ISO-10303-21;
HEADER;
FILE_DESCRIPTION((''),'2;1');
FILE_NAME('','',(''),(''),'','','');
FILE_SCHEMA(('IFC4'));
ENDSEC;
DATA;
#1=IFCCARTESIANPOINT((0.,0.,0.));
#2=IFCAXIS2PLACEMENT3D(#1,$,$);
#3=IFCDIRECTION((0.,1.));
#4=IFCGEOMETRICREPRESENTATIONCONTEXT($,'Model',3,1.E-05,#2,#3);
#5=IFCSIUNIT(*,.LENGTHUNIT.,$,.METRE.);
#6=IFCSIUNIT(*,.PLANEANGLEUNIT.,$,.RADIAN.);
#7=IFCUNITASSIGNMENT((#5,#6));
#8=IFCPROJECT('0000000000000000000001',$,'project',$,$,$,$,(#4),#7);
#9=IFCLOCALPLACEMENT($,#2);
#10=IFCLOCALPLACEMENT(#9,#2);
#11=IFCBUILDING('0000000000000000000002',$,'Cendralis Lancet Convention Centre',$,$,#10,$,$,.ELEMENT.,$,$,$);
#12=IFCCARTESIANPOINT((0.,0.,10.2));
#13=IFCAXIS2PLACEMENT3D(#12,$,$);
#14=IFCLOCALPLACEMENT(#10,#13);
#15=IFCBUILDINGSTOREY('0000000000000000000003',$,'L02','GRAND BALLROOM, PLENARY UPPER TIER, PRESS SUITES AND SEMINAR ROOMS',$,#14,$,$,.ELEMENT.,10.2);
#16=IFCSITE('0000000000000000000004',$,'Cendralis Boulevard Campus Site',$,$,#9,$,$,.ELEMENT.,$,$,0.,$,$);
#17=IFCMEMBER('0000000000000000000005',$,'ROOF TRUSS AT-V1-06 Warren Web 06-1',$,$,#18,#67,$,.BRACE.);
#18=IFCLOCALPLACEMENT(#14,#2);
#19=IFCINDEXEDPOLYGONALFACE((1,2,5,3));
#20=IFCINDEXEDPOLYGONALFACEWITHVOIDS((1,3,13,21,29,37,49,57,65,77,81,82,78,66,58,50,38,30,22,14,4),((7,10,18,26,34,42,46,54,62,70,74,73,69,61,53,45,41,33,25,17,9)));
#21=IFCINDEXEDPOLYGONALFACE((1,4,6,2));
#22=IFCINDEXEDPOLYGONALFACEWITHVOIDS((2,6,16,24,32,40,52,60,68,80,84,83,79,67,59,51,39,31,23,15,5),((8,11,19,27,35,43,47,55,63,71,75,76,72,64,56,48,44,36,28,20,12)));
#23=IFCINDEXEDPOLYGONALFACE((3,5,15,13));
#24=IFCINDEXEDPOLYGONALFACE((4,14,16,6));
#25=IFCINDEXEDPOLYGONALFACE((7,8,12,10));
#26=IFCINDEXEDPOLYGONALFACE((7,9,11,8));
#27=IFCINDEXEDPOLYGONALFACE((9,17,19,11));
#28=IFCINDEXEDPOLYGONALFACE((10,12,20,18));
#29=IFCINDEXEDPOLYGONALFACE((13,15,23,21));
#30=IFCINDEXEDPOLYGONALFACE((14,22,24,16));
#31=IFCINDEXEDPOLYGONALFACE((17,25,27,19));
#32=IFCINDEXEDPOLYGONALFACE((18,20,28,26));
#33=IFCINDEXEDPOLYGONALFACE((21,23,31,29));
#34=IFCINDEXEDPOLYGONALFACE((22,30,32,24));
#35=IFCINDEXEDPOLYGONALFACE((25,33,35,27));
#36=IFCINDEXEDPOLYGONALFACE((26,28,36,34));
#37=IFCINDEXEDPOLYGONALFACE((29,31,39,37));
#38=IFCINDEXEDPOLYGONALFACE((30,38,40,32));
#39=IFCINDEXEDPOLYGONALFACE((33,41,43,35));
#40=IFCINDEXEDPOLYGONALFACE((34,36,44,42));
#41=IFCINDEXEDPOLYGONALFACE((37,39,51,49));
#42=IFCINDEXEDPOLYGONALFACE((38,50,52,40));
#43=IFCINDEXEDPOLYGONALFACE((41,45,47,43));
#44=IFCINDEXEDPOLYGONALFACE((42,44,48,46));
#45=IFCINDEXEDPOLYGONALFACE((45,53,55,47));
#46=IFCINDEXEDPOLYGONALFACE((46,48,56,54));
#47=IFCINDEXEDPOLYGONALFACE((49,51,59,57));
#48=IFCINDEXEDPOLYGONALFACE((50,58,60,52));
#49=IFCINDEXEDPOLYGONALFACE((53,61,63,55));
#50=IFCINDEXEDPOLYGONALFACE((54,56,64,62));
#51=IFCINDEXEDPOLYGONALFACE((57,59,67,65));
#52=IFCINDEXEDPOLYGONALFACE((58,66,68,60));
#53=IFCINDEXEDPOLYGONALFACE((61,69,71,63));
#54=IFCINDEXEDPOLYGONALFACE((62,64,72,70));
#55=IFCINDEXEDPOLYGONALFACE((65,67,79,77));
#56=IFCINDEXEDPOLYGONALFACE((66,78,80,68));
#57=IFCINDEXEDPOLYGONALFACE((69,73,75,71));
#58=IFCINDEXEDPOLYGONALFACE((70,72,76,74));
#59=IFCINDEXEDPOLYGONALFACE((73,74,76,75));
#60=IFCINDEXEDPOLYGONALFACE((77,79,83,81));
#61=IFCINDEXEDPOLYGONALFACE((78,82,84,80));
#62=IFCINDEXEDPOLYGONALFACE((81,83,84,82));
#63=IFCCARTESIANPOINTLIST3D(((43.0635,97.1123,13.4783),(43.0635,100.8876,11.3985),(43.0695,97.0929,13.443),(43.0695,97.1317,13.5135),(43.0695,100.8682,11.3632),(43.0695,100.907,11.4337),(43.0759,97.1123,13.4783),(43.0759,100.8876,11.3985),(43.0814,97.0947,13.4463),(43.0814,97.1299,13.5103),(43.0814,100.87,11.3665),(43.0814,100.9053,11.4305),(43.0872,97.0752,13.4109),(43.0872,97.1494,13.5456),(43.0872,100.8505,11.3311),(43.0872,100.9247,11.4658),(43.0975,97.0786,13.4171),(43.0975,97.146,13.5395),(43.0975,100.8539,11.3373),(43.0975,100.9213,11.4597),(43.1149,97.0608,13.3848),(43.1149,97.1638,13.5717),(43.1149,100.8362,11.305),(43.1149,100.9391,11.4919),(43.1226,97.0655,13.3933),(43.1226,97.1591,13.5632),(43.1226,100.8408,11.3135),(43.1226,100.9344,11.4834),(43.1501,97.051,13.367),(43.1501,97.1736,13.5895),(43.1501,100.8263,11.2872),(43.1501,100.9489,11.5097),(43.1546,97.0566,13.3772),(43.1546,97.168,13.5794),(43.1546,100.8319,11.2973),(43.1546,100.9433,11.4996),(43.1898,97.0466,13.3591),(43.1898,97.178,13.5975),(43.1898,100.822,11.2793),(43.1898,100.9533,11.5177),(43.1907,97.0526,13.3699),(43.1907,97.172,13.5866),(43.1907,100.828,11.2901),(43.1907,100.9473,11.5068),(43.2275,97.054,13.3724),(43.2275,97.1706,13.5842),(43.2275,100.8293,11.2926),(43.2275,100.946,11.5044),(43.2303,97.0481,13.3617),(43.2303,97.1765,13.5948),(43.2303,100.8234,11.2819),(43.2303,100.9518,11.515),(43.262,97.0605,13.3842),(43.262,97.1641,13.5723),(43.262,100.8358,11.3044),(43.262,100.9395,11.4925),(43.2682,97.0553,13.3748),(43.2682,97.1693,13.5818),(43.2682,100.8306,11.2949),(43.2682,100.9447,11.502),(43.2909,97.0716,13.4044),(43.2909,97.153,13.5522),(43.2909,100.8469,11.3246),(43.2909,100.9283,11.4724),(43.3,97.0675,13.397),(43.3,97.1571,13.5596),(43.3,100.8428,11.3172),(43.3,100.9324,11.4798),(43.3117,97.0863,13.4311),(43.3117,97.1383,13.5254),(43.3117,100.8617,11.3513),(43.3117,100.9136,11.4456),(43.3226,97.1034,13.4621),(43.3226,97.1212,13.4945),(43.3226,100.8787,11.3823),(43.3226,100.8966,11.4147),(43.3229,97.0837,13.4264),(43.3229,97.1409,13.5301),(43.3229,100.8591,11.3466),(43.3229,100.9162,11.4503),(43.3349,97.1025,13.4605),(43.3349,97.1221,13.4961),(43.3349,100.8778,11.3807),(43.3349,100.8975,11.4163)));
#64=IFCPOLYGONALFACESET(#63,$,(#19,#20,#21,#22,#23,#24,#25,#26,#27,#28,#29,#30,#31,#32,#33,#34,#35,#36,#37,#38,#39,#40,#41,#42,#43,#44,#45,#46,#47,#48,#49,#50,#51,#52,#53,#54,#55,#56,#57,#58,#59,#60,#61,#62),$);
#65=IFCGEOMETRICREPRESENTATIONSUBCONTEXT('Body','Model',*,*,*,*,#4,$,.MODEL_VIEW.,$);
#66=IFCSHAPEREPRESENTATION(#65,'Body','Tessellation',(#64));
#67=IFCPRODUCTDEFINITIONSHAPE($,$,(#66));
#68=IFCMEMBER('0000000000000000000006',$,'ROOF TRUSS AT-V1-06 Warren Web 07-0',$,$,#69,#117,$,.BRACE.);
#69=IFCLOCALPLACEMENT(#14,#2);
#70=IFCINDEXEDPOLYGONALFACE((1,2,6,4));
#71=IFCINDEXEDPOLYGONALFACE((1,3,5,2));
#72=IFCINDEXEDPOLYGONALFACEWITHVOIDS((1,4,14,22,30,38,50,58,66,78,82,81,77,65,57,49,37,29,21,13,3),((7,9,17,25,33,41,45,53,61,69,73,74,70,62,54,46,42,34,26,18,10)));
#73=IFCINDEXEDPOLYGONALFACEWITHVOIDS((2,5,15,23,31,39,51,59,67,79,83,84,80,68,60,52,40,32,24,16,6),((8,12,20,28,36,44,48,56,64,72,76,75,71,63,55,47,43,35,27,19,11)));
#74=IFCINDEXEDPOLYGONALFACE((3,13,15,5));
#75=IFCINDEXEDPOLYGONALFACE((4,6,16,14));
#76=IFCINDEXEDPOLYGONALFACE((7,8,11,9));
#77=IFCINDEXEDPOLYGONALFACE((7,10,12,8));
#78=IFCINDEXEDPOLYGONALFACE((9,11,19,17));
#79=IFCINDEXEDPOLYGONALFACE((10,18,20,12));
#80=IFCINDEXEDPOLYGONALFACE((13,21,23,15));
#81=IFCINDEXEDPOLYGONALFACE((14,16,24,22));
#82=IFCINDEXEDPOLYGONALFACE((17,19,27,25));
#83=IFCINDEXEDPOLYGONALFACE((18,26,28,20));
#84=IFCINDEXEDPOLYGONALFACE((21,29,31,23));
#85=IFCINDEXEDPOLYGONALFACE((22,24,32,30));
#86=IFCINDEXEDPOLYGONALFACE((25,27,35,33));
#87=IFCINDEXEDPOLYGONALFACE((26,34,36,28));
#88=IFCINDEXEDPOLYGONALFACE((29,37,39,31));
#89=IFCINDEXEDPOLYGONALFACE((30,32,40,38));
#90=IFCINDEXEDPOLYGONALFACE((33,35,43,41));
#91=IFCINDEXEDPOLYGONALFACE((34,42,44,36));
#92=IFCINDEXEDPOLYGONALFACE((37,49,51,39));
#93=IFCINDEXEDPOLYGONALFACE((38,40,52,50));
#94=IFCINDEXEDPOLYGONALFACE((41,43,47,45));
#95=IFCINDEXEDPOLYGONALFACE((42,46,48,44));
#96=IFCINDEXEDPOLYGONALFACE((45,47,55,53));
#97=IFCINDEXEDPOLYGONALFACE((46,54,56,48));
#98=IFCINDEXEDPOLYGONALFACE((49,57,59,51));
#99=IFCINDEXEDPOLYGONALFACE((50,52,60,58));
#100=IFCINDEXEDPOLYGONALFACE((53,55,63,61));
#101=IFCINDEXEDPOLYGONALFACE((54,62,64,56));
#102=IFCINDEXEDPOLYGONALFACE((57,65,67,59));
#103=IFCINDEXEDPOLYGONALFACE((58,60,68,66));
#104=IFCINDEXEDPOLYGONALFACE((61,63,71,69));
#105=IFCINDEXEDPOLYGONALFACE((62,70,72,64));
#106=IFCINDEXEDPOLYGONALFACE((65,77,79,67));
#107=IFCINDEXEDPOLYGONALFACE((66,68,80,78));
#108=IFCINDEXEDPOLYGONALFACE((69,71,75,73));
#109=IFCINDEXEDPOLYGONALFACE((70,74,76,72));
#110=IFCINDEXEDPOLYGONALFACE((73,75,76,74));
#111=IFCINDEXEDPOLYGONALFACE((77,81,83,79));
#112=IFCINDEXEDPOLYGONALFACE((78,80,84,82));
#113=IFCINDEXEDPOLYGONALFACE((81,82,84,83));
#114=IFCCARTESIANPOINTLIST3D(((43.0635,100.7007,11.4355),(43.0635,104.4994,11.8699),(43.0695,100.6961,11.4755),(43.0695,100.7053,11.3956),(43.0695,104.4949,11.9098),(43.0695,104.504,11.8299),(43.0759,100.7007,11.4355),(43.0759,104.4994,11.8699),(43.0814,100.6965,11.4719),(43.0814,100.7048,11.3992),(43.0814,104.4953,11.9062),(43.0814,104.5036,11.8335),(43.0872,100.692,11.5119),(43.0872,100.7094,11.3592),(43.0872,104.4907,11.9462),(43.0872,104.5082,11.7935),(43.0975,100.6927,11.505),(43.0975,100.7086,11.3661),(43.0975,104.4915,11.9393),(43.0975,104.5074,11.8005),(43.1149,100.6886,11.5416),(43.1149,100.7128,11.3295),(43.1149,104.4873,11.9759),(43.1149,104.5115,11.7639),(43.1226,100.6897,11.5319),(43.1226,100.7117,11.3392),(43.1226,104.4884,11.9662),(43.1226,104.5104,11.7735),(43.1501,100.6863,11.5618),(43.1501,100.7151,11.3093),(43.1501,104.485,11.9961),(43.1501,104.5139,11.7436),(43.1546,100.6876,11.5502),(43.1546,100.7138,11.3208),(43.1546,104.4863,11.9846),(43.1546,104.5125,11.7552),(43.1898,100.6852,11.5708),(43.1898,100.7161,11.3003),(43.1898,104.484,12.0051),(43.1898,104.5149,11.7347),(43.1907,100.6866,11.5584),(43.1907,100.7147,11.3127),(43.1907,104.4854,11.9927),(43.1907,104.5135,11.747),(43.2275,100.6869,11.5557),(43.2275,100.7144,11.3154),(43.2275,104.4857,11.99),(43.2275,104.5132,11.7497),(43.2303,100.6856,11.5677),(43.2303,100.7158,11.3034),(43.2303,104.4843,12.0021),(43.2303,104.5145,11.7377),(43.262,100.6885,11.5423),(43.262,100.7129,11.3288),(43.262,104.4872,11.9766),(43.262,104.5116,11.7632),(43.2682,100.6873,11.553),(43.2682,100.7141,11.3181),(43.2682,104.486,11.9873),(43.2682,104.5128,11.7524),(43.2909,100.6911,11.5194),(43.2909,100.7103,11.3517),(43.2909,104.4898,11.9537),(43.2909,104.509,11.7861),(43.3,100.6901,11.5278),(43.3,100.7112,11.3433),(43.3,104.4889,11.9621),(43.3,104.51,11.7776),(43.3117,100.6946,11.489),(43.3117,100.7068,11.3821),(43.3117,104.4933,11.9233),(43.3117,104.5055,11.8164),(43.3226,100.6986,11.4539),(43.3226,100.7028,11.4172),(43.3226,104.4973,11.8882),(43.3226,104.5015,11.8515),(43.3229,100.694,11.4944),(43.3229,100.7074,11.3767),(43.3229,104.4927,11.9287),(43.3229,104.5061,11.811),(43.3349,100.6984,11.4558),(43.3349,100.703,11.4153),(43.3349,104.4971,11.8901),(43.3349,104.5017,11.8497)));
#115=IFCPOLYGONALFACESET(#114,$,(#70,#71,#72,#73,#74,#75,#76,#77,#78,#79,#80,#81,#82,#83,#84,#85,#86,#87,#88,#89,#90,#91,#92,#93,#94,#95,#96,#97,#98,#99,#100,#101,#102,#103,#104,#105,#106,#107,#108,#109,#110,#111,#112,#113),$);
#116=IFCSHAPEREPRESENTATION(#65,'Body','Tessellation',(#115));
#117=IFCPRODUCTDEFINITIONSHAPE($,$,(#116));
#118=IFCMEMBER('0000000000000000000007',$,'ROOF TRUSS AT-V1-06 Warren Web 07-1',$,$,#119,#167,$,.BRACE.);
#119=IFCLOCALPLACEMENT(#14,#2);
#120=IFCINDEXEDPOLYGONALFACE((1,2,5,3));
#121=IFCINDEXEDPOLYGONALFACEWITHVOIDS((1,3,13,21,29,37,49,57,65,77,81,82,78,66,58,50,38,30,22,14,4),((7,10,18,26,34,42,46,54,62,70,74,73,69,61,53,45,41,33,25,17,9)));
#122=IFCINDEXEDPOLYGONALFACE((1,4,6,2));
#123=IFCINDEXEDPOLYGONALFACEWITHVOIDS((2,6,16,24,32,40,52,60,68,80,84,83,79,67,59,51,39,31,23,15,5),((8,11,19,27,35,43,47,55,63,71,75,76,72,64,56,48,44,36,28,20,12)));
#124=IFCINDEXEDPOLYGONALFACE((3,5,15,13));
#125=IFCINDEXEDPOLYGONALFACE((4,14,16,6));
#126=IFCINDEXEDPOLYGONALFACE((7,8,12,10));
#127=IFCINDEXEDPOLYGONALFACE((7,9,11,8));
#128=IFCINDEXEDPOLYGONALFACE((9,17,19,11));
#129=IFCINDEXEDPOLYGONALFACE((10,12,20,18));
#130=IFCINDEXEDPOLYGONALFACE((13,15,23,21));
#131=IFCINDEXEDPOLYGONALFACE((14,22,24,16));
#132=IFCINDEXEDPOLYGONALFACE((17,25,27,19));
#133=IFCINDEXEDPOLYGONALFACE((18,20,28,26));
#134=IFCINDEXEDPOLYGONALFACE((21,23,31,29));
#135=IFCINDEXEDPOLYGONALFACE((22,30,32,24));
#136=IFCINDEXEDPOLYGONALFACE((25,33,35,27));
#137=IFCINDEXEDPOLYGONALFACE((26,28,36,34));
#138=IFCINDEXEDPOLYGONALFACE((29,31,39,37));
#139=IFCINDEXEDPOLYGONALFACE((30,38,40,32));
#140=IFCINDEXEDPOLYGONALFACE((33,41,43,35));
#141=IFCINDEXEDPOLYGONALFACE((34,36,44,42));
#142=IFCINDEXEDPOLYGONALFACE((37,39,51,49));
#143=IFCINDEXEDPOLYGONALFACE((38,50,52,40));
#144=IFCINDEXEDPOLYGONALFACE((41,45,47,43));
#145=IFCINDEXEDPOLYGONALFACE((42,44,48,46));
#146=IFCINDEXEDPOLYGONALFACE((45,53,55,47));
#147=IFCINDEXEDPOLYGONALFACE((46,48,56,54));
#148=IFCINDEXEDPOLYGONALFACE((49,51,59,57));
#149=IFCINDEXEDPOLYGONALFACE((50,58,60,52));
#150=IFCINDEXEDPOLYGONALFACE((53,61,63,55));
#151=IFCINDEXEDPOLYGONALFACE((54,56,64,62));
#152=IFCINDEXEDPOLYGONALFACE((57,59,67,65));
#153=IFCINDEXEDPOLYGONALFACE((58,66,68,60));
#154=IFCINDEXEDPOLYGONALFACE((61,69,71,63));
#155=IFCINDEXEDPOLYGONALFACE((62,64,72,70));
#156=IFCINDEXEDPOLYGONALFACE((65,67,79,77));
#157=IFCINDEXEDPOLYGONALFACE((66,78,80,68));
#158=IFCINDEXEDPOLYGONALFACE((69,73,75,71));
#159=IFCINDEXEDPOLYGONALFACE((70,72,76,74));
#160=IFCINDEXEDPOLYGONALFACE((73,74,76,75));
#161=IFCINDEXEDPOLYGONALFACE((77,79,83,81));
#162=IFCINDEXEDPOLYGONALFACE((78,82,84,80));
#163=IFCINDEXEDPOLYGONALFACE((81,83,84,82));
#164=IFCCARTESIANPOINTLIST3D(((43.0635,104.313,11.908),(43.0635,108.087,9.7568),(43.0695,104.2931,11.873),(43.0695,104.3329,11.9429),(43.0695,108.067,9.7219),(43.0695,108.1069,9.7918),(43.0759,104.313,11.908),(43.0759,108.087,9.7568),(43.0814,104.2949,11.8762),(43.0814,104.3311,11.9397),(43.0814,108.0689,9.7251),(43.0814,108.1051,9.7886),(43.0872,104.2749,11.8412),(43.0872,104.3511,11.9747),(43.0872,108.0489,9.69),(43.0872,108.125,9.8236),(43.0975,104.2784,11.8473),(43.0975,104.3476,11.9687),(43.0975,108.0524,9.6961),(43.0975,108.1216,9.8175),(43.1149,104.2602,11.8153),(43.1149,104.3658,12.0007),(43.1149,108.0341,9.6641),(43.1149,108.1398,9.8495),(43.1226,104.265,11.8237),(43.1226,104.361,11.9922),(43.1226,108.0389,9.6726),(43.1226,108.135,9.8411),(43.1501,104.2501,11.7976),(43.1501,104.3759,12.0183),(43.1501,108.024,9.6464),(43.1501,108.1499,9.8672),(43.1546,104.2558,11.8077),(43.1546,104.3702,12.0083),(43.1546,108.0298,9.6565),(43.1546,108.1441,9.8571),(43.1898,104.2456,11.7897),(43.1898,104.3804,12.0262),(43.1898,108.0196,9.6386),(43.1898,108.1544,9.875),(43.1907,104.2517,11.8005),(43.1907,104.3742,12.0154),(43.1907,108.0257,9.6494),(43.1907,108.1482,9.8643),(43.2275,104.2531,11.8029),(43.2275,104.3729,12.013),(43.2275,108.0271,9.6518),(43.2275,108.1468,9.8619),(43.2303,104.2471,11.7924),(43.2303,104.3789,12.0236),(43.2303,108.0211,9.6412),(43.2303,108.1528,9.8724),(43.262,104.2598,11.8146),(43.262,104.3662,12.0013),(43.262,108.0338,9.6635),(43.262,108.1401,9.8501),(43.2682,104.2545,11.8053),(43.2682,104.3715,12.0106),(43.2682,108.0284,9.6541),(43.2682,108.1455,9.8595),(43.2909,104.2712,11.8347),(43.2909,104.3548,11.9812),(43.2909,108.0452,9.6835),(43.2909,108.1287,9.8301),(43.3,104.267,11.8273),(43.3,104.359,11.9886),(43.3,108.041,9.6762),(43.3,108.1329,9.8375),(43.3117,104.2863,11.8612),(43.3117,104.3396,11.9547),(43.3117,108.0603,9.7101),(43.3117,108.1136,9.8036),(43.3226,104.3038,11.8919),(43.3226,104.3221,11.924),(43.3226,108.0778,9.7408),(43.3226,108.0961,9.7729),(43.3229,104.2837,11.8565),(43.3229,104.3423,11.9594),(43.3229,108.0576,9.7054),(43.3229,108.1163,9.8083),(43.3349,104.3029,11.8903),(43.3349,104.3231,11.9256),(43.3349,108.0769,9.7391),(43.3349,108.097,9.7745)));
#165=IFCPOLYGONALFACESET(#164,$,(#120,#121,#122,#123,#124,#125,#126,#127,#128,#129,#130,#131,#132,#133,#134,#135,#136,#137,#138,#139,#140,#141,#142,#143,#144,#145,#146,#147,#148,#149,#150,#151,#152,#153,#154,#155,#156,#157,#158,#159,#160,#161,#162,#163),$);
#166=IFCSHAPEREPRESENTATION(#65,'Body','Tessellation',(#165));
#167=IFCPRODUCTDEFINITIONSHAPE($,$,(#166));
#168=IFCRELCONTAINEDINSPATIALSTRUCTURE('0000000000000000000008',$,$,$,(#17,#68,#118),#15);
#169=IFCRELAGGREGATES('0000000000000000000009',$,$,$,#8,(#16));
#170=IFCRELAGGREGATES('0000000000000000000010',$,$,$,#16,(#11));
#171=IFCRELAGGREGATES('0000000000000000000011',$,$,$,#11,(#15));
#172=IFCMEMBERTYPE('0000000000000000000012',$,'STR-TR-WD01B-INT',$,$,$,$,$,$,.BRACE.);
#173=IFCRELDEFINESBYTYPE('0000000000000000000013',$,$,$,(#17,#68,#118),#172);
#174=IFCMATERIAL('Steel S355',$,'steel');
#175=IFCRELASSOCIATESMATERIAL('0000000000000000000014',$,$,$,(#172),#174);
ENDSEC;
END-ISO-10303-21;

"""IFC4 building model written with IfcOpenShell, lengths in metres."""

from ifc_helpers import new_model, si_unit, direction, frame, origin, origin_2d, place, context, subcontext, project, spatial, hollow_circle, extrude, material, material_profile, profile_set, type_object, element, save


model = new_model("IFC4")

# Units and contexts
model_context = context("Model", 3, precision=1e-05, world=origin(), true_north=direction((0.0, 1.0)))
body_context = subcontext(model_context, "Body", "Model", "MODEL_VIEW")
ifc_project = project(units=[si_unit("LENGTHUNIT", "METRE"), si_unit("PLANEANGLEUNIT", "RADIAN")], contexts=[model_context])

# Site, building, storey
site_placement = place(None, origin())
site = spatial("IfcSite", under=ifc_project, at=site_placement, Name="Cendralis Boulevard Campus Site", CompositionType="ELEMENT", RefElevation=0.0)
building_placement = place(site_placement, origin())
building = spatial("IfcBuilding", under=site, at=building_placement, Name="Cendralis Lancet Convention Centre", CompositionType="ELEMENT")
storey_placement = place(building_placement, frame((0.0, 0.0, 10.2)))
storey = spatial("IfcBuildingStorey", under=building, at=storey_placement, Name="L02", Description="GRAND BALLROOM, PLENARY UPPER TIER, PRESS SUITES AND SEMINAR ROOMS", CompositionType="ELEMENT", Elevation=10.2)

# Members
ifc_material = material(Name="Steel S355", Category="steel")
ifc_material_profile_1 = material_profile(ifc_material, hollow_circle(Radius=0.1365, WallThickness=0.0125, at=origin_2d()), Name="CHS 273.0x12.5")
ifc_profile_set_1 = profile_set([ifc_material_profile_1], Name="Steel S355")
member_type_1 = type_object("IfcMemberType", Name="STR-TR-WD01B-INT", PredefinedType="BRACE", material=ifc_profile_set_1)
member_1_placement = place(storey_placement, frame((43.2, 97.1123, 13.4783), z_axis=(0.0, 0.875886, -0.482519), x_axis=(-1.0, 0.0, 0.0)))
element("IfcMember", 1, at=member_1_placement, inside=storey, type_object=member_type_1, Name="ROOF TRUSS AT-V1-06 Warren Web 06-1", PredefinedType="BRACE", context=body_context, shape_type="SweptSolid", body=[
    extrude(hollow_circle(Radius=0.1365, WallThickness=0.0125, at=origin_2d()), origin(), (0.0, 0.0, 1.0), 4.3103),
])
member_2_placement = place(storey_placement, frame((43.2, 100.7007, 11.4355), z_axis=(0.0, 0.993528, 0.113592), x_axis=(-1.0, 0.0, 0.0)))
element("IfcMember", 2, at=member_2_placement, inside=storey, type_object=member_type_1, Name="ROOF TRUSS AT-V1-06 Warren Web 07-0", PredefinedType="BRACE", context=body_context, shape_type="SweptSolid", body=[
    extrude(hollow_circle(Radius=0.1365, WallThickness=0.0125, at=origin_2d()), origin(), (0.0, 0.0, 1.0), 3.8235),
])
member_3_placement = place(storey_placement, frame((43.2, 104.313, 11.908), z_axis=(0.0, 0.868779, -0.4952), x_axis=(-1.0, 0.0, 0.0)))
element("IfcMember", 3, at=member_3_placement, inside=storey, type_object=member_type_1, Name="ROOF TRUSS AT-V1-06 Warren Web 07-1", PredefinedType="BRACE", context=body_context, shape_type="SweptSolid", body=[
    extrude(hollow_circle(Radius=0.1365, WallThickness=0.0125, at=origin_2d()), origin(), (0.0, 0.0, 1.0), 4.344),
])

save(model, "model.ifc")
